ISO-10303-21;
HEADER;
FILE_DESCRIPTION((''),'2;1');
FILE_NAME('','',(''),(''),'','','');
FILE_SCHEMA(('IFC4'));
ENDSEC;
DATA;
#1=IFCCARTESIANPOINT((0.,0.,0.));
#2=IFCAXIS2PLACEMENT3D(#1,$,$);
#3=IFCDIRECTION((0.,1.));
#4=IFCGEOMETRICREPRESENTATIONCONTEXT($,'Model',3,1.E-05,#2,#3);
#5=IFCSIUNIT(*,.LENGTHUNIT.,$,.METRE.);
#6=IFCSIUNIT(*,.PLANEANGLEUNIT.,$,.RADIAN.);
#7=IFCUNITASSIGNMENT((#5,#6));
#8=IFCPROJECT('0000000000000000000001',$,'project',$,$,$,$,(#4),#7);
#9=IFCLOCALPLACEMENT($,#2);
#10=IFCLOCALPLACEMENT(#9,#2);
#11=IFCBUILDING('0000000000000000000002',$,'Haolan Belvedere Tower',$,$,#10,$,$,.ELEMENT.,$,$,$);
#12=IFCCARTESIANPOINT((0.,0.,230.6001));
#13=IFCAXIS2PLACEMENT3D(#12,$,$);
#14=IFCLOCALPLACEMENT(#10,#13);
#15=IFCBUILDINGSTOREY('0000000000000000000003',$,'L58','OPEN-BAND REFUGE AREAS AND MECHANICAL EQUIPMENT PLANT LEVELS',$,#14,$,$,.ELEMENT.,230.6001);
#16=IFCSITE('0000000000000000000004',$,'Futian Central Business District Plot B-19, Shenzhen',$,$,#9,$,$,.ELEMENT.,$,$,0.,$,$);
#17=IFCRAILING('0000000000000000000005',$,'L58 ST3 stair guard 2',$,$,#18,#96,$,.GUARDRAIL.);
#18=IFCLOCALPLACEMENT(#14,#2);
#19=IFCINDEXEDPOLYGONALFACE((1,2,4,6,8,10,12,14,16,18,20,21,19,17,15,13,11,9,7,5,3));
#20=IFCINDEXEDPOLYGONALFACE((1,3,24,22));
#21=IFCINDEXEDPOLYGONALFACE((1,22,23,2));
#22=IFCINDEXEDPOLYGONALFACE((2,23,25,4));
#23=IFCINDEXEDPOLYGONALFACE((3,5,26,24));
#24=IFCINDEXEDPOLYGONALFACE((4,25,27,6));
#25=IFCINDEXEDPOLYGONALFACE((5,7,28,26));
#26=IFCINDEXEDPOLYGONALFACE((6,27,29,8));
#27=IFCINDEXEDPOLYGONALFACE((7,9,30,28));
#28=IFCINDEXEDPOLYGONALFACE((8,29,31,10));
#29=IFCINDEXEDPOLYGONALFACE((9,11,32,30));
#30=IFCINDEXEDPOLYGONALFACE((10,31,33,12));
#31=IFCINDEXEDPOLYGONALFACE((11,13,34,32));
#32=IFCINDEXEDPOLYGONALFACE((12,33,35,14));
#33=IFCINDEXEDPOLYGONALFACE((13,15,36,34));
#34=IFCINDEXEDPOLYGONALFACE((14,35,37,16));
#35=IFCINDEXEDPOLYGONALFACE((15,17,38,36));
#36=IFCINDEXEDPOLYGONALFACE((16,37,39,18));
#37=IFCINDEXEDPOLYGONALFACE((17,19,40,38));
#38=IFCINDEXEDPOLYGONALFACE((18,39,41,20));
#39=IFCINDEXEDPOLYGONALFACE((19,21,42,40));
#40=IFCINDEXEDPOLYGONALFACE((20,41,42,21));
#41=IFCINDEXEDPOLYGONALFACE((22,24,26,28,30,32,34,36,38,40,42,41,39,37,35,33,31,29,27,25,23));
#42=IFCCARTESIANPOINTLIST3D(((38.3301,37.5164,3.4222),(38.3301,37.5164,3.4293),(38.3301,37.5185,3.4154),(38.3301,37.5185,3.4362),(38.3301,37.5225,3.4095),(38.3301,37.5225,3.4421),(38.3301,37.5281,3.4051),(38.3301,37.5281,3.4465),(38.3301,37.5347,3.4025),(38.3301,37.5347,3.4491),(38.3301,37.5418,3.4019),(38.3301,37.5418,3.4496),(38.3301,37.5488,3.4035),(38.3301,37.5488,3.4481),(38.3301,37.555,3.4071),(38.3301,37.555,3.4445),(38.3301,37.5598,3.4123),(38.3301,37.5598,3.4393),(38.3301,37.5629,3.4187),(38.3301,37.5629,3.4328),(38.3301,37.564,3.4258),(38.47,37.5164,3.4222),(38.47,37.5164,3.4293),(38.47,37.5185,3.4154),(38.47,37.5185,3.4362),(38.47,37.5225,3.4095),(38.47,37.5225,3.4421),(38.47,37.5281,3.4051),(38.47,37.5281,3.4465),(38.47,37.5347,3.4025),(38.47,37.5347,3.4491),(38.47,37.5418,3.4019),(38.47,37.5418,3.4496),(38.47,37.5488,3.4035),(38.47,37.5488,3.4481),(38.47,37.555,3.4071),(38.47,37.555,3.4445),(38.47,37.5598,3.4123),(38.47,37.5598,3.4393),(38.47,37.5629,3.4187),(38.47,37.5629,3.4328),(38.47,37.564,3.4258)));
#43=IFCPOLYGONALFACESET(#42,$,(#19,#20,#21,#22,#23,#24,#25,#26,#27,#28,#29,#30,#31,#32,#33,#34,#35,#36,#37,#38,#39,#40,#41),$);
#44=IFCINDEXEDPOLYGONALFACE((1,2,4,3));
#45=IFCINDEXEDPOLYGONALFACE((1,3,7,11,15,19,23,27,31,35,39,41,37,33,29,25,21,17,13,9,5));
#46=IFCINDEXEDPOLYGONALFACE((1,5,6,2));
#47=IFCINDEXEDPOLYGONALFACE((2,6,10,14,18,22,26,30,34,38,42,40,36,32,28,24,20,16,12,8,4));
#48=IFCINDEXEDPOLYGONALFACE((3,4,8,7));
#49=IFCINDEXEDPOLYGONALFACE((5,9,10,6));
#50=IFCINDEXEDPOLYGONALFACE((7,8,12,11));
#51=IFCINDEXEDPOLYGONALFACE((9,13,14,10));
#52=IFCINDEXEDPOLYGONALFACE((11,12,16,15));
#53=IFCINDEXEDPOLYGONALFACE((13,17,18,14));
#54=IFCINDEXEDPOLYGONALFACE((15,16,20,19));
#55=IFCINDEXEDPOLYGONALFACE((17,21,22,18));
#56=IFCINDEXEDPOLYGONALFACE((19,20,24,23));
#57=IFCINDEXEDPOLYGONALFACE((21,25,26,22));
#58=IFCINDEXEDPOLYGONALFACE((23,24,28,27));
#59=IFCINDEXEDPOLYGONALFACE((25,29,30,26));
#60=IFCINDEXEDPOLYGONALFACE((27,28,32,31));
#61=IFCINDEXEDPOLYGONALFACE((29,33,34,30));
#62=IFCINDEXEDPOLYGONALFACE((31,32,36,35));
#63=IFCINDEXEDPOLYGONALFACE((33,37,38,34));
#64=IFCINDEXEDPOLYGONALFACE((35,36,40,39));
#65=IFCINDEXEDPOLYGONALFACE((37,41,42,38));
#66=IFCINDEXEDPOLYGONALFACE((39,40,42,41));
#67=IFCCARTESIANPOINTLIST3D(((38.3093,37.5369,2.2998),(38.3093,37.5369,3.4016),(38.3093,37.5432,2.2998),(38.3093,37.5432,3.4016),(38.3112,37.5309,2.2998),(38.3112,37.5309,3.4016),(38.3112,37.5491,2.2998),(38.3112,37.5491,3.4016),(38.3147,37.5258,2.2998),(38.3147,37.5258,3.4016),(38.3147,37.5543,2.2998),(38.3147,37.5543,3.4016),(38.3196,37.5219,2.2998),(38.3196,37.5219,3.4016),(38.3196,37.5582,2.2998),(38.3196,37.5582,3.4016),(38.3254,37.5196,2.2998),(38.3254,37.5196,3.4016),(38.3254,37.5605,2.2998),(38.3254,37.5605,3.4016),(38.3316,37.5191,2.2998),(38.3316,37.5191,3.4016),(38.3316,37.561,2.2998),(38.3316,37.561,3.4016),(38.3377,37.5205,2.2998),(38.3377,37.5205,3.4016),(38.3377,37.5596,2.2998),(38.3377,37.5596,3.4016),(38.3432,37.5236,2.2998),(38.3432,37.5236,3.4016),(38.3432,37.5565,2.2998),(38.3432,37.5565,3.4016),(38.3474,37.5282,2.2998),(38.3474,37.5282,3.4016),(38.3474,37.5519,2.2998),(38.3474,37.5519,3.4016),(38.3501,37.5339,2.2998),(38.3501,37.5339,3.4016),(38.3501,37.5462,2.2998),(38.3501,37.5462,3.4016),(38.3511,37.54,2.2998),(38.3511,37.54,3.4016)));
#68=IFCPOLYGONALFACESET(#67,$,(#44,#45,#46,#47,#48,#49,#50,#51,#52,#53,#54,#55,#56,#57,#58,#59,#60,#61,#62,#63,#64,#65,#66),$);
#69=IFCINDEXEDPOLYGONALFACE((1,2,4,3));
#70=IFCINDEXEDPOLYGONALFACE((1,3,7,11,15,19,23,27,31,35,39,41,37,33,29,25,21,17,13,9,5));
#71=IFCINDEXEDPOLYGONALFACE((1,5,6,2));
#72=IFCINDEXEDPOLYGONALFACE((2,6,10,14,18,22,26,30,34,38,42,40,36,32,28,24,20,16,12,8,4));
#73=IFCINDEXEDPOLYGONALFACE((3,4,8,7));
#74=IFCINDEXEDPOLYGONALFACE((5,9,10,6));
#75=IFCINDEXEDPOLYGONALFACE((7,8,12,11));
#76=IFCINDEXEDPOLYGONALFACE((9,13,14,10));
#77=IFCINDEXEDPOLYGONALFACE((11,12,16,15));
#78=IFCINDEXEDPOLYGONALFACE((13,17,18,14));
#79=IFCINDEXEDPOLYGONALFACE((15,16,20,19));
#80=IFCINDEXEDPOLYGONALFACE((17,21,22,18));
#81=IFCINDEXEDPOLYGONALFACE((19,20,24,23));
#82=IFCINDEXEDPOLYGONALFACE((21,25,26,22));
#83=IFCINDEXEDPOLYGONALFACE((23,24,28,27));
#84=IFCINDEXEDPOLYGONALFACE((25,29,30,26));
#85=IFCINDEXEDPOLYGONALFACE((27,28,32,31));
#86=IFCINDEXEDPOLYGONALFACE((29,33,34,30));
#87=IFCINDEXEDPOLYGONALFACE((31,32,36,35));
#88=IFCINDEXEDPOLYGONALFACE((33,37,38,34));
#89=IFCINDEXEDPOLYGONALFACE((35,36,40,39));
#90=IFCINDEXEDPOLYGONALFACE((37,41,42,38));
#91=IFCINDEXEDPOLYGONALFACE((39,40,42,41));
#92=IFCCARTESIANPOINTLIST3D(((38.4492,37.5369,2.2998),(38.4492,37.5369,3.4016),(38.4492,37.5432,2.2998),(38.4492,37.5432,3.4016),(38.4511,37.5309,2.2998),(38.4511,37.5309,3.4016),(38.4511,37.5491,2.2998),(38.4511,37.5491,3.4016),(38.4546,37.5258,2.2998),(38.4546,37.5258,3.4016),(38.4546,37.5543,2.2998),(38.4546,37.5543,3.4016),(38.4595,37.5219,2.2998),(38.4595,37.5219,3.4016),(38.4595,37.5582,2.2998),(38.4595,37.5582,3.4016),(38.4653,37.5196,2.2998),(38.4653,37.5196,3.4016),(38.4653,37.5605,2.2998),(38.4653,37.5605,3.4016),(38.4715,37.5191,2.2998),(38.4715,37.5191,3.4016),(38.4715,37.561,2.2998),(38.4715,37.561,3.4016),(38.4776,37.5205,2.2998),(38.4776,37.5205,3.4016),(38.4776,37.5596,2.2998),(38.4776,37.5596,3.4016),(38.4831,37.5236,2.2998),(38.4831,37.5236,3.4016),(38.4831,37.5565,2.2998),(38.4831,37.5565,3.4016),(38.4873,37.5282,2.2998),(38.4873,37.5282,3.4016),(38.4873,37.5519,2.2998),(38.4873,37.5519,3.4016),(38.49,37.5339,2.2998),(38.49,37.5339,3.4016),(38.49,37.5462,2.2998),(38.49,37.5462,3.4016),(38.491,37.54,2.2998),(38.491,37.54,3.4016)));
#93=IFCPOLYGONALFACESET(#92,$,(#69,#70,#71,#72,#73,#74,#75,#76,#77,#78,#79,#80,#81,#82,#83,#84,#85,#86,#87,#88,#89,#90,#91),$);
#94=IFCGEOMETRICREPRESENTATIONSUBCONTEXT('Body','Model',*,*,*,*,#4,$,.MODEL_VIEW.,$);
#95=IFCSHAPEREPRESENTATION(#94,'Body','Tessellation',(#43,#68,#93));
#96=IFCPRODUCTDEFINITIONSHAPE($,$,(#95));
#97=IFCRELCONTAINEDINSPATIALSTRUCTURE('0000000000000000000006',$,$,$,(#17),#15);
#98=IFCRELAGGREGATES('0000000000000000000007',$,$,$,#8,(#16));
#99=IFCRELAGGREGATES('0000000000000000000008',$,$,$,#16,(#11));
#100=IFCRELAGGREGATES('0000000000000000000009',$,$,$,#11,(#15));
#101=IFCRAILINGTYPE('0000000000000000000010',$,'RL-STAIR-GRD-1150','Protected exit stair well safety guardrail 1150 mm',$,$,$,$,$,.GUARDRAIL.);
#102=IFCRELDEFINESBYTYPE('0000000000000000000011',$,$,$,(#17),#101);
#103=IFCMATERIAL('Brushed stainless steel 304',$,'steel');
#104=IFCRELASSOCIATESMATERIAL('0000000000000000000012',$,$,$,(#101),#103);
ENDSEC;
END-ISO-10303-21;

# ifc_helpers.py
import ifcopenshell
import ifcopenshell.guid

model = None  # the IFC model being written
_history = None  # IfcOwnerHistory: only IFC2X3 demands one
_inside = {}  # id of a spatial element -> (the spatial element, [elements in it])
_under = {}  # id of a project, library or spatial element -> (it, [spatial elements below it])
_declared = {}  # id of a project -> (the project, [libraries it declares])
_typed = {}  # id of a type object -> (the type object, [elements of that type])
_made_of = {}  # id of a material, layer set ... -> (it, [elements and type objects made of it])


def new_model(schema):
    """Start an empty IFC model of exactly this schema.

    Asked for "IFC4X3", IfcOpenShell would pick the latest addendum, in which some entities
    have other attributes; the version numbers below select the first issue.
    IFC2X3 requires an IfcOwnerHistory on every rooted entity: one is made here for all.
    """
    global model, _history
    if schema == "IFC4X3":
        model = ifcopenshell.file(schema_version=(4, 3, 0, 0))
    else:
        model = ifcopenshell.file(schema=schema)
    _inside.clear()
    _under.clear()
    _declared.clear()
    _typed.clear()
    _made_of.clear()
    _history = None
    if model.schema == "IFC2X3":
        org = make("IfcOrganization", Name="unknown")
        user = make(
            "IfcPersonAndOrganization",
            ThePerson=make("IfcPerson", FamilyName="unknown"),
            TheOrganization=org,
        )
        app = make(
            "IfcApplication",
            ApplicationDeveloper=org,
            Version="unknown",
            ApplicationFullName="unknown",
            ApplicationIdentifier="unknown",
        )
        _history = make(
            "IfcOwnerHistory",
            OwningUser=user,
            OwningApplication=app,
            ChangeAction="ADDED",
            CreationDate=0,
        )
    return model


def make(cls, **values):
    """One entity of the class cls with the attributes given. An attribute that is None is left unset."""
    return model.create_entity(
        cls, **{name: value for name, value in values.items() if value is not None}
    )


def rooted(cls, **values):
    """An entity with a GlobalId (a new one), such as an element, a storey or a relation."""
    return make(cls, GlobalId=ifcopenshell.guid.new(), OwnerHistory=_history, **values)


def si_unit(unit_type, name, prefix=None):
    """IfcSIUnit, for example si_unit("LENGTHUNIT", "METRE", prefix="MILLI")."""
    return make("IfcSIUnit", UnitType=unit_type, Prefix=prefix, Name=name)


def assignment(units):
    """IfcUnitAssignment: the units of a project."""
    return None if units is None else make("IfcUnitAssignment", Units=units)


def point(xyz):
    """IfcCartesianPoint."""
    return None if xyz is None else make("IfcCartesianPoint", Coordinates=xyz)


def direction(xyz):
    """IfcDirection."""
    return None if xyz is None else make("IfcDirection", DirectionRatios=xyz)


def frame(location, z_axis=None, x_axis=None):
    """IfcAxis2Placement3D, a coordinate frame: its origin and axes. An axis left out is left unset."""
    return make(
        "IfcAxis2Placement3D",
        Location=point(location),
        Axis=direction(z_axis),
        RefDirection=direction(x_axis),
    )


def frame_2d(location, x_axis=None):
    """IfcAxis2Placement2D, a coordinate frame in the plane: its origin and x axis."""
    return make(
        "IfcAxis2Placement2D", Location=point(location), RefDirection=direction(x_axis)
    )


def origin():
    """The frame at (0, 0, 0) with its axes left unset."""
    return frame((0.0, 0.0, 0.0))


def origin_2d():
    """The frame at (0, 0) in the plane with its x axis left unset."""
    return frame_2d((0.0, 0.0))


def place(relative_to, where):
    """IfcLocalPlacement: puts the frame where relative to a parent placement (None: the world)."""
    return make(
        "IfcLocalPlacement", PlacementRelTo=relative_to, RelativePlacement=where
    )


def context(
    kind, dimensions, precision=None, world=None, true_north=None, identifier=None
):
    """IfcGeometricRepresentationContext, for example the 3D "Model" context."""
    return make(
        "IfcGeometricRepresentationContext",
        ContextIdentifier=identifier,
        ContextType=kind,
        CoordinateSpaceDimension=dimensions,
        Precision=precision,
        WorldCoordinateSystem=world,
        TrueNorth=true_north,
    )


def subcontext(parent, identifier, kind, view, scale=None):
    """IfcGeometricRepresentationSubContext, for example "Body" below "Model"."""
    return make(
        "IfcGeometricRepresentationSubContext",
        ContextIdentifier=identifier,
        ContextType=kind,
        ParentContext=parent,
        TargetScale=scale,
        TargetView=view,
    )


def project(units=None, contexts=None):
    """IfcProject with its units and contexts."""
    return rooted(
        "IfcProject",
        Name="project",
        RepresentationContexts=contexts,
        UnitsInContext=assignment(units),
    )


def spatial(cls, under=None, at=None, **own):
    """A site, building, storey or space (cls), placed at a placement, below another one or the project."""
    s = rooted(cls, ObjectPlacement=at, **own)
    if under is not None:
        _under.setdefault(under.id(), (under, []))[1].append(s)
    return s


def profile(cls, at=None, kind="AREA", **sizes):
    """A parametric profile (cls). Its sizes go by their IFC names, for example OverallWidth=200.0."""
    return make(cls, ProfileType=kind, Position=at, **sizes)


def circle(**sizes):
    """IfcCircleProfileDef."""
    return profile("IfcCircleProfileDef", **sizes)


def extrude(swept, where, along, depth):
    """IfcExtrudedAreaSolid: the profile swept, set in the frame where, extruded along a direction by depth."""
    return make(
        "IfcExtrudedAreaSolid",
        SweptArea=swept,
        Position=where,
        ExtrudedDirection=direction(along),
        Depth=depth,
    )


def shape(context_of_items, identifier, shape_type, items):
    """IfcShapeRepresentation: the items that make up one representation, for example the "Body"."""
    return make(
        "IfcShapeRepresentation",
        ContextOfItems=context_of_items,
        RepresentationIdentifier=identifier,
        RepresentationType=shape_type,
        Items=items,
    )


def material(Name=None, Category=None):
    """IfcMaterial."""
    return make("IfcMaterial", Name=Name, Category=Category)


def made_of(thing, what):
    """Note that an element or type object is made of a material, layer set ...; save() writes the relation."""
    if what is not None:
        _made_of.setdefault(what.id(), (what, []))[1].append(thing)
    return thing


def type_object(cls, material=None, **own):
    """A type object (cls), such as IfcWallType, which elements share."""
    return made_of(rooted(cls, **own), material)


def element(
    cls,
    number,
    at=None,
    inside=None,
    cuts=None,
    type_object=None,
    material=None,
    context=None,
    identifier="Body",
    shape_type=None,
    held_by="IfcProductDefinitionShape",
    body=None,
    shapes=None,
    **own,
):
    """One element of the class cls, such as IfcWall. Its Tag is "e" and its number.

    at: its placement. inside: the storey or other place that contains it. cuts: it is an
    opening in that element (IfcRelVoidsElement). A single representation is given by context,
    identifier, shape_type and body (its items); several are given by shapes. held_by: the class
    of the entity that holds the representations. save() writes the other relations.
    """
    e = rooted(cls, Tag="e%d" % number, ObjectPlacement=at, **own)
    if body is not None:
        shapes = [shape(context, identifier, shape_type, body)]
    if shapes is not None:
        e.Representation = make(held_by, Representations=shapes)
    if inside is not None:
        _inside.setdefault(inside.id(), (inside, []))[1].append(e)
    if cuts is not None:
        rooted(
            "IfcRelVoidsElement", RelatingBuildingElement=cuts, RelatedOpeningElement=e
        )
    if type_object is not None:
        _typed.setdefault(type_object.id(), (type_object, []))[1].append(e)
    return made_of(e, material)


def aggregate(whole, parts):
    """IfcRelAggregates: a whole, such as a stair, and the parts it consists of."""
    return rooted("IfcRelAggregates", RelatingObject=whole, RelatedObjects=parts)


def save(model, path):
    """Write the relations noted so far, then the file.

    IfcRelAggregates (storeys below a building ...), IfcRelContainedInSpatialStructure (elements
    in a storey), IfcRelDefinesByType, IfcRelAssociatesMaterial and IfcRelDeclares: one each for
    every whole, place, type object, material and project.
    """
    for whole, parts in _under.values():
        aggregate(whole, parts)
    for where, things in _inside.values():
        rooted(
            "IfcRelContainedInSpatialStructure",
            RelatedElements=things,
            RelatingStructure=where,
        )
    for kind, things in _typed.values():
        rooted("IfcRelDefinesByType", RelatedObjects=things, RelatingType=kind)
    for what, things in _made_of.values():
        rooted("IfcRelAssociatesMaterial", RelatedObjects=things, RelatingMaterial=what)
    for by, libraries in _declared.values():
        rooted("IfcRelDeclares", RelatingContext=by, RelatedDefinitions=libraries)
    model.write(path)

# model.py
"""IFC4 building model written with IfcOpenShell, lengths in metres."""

from ifc_helpers import new_model, si_unit, direction, frame, origin, origin_2d, place, context, subcontext, project, spatial, circle, extrude, material, type_object, element, save


model = new_model("IFC4")

# Units and contexts
model_context = context("Model", 3, precision=1e-05, world=origin(), true_north=direction((0.0, 1.0)))
body_context = subcontext(model_context, "Body", "Model", "MODEL_VIEW")
ifc_project = project(units=[si_unit("LENGTHUNIT", "METRE"), si_unit("PLANEANGLEUNIT", "RADIAN")], contexts=[model_context])

# Site, building, storey
site_placement = place(None, origin())
site = spatial("IfcSite", under=ifc_project, at=site_placement, Name="Futian Central Business District Plot B-19, Shenzhen", CompositionType="ELEMENT", RefElevation=0.0)
building_placement = place(site_placement, origin())
building = spatial("IfcBuilding", under=site, at=building_placement, Name="Haolan Belvedere Tower", CompositionType="ELEMENT")
storey_placement = place(building_placement, frame((0.0, 0.0, 230.6001)))
storey = spatial("IfcBuildingStorey", under=building, at=storey_placement, Name="L58", Description="OPEN-BAND REFUGE AREAS AND MECHANICAL EQUIPMENT PLANT LEVELS", CompositionType="ELEMENT", Elevation=230.6001)

# Railing
ifc_material_1 = material(Name="Brushed stainless steel 304", Category="steel")
railing_type_1 = type_object("IfcRailingType", Name="RL-STAIR-GRD-1150", Description="Protected exit stair well safety guardrail 1150 mm", PredefinedType="GUARDRAIL", material=ifc_material_1)
railing_1_placement = place(storey_placement, frame((38.3301, 37.54, 2.2998)))
element("IfcRailing", 1, at=railing_1_placement, inside=storey, type_object=railing_type_1, Name="L58 ST3 stair guard 2", PredefinedType="GUARDRAIL", context=body_context, shape_type="SweptSolid", body=[
    extrude(circle(Radius=0.0239, at=origin_2d()), frame((0.0, 0.0, 1.126), z_axis=(1.0, 0.0, 0.0), x_axis=(0.0, 1.0, 0.0)), (0.0, 0.0, 1.0), 0.1399),
    extrude(circle(Radius=0.021, at=origin_2d()), origin(), (0.0, 0.0, 1.0), 1.1018),
    extrude(circle(Radius=0.021, at=origin_2d()), frame((0.1399, 0.0, 0.0)), (0.0, 0.0, 1.0), 1.1018),
])

save(model, "model.ifc")
